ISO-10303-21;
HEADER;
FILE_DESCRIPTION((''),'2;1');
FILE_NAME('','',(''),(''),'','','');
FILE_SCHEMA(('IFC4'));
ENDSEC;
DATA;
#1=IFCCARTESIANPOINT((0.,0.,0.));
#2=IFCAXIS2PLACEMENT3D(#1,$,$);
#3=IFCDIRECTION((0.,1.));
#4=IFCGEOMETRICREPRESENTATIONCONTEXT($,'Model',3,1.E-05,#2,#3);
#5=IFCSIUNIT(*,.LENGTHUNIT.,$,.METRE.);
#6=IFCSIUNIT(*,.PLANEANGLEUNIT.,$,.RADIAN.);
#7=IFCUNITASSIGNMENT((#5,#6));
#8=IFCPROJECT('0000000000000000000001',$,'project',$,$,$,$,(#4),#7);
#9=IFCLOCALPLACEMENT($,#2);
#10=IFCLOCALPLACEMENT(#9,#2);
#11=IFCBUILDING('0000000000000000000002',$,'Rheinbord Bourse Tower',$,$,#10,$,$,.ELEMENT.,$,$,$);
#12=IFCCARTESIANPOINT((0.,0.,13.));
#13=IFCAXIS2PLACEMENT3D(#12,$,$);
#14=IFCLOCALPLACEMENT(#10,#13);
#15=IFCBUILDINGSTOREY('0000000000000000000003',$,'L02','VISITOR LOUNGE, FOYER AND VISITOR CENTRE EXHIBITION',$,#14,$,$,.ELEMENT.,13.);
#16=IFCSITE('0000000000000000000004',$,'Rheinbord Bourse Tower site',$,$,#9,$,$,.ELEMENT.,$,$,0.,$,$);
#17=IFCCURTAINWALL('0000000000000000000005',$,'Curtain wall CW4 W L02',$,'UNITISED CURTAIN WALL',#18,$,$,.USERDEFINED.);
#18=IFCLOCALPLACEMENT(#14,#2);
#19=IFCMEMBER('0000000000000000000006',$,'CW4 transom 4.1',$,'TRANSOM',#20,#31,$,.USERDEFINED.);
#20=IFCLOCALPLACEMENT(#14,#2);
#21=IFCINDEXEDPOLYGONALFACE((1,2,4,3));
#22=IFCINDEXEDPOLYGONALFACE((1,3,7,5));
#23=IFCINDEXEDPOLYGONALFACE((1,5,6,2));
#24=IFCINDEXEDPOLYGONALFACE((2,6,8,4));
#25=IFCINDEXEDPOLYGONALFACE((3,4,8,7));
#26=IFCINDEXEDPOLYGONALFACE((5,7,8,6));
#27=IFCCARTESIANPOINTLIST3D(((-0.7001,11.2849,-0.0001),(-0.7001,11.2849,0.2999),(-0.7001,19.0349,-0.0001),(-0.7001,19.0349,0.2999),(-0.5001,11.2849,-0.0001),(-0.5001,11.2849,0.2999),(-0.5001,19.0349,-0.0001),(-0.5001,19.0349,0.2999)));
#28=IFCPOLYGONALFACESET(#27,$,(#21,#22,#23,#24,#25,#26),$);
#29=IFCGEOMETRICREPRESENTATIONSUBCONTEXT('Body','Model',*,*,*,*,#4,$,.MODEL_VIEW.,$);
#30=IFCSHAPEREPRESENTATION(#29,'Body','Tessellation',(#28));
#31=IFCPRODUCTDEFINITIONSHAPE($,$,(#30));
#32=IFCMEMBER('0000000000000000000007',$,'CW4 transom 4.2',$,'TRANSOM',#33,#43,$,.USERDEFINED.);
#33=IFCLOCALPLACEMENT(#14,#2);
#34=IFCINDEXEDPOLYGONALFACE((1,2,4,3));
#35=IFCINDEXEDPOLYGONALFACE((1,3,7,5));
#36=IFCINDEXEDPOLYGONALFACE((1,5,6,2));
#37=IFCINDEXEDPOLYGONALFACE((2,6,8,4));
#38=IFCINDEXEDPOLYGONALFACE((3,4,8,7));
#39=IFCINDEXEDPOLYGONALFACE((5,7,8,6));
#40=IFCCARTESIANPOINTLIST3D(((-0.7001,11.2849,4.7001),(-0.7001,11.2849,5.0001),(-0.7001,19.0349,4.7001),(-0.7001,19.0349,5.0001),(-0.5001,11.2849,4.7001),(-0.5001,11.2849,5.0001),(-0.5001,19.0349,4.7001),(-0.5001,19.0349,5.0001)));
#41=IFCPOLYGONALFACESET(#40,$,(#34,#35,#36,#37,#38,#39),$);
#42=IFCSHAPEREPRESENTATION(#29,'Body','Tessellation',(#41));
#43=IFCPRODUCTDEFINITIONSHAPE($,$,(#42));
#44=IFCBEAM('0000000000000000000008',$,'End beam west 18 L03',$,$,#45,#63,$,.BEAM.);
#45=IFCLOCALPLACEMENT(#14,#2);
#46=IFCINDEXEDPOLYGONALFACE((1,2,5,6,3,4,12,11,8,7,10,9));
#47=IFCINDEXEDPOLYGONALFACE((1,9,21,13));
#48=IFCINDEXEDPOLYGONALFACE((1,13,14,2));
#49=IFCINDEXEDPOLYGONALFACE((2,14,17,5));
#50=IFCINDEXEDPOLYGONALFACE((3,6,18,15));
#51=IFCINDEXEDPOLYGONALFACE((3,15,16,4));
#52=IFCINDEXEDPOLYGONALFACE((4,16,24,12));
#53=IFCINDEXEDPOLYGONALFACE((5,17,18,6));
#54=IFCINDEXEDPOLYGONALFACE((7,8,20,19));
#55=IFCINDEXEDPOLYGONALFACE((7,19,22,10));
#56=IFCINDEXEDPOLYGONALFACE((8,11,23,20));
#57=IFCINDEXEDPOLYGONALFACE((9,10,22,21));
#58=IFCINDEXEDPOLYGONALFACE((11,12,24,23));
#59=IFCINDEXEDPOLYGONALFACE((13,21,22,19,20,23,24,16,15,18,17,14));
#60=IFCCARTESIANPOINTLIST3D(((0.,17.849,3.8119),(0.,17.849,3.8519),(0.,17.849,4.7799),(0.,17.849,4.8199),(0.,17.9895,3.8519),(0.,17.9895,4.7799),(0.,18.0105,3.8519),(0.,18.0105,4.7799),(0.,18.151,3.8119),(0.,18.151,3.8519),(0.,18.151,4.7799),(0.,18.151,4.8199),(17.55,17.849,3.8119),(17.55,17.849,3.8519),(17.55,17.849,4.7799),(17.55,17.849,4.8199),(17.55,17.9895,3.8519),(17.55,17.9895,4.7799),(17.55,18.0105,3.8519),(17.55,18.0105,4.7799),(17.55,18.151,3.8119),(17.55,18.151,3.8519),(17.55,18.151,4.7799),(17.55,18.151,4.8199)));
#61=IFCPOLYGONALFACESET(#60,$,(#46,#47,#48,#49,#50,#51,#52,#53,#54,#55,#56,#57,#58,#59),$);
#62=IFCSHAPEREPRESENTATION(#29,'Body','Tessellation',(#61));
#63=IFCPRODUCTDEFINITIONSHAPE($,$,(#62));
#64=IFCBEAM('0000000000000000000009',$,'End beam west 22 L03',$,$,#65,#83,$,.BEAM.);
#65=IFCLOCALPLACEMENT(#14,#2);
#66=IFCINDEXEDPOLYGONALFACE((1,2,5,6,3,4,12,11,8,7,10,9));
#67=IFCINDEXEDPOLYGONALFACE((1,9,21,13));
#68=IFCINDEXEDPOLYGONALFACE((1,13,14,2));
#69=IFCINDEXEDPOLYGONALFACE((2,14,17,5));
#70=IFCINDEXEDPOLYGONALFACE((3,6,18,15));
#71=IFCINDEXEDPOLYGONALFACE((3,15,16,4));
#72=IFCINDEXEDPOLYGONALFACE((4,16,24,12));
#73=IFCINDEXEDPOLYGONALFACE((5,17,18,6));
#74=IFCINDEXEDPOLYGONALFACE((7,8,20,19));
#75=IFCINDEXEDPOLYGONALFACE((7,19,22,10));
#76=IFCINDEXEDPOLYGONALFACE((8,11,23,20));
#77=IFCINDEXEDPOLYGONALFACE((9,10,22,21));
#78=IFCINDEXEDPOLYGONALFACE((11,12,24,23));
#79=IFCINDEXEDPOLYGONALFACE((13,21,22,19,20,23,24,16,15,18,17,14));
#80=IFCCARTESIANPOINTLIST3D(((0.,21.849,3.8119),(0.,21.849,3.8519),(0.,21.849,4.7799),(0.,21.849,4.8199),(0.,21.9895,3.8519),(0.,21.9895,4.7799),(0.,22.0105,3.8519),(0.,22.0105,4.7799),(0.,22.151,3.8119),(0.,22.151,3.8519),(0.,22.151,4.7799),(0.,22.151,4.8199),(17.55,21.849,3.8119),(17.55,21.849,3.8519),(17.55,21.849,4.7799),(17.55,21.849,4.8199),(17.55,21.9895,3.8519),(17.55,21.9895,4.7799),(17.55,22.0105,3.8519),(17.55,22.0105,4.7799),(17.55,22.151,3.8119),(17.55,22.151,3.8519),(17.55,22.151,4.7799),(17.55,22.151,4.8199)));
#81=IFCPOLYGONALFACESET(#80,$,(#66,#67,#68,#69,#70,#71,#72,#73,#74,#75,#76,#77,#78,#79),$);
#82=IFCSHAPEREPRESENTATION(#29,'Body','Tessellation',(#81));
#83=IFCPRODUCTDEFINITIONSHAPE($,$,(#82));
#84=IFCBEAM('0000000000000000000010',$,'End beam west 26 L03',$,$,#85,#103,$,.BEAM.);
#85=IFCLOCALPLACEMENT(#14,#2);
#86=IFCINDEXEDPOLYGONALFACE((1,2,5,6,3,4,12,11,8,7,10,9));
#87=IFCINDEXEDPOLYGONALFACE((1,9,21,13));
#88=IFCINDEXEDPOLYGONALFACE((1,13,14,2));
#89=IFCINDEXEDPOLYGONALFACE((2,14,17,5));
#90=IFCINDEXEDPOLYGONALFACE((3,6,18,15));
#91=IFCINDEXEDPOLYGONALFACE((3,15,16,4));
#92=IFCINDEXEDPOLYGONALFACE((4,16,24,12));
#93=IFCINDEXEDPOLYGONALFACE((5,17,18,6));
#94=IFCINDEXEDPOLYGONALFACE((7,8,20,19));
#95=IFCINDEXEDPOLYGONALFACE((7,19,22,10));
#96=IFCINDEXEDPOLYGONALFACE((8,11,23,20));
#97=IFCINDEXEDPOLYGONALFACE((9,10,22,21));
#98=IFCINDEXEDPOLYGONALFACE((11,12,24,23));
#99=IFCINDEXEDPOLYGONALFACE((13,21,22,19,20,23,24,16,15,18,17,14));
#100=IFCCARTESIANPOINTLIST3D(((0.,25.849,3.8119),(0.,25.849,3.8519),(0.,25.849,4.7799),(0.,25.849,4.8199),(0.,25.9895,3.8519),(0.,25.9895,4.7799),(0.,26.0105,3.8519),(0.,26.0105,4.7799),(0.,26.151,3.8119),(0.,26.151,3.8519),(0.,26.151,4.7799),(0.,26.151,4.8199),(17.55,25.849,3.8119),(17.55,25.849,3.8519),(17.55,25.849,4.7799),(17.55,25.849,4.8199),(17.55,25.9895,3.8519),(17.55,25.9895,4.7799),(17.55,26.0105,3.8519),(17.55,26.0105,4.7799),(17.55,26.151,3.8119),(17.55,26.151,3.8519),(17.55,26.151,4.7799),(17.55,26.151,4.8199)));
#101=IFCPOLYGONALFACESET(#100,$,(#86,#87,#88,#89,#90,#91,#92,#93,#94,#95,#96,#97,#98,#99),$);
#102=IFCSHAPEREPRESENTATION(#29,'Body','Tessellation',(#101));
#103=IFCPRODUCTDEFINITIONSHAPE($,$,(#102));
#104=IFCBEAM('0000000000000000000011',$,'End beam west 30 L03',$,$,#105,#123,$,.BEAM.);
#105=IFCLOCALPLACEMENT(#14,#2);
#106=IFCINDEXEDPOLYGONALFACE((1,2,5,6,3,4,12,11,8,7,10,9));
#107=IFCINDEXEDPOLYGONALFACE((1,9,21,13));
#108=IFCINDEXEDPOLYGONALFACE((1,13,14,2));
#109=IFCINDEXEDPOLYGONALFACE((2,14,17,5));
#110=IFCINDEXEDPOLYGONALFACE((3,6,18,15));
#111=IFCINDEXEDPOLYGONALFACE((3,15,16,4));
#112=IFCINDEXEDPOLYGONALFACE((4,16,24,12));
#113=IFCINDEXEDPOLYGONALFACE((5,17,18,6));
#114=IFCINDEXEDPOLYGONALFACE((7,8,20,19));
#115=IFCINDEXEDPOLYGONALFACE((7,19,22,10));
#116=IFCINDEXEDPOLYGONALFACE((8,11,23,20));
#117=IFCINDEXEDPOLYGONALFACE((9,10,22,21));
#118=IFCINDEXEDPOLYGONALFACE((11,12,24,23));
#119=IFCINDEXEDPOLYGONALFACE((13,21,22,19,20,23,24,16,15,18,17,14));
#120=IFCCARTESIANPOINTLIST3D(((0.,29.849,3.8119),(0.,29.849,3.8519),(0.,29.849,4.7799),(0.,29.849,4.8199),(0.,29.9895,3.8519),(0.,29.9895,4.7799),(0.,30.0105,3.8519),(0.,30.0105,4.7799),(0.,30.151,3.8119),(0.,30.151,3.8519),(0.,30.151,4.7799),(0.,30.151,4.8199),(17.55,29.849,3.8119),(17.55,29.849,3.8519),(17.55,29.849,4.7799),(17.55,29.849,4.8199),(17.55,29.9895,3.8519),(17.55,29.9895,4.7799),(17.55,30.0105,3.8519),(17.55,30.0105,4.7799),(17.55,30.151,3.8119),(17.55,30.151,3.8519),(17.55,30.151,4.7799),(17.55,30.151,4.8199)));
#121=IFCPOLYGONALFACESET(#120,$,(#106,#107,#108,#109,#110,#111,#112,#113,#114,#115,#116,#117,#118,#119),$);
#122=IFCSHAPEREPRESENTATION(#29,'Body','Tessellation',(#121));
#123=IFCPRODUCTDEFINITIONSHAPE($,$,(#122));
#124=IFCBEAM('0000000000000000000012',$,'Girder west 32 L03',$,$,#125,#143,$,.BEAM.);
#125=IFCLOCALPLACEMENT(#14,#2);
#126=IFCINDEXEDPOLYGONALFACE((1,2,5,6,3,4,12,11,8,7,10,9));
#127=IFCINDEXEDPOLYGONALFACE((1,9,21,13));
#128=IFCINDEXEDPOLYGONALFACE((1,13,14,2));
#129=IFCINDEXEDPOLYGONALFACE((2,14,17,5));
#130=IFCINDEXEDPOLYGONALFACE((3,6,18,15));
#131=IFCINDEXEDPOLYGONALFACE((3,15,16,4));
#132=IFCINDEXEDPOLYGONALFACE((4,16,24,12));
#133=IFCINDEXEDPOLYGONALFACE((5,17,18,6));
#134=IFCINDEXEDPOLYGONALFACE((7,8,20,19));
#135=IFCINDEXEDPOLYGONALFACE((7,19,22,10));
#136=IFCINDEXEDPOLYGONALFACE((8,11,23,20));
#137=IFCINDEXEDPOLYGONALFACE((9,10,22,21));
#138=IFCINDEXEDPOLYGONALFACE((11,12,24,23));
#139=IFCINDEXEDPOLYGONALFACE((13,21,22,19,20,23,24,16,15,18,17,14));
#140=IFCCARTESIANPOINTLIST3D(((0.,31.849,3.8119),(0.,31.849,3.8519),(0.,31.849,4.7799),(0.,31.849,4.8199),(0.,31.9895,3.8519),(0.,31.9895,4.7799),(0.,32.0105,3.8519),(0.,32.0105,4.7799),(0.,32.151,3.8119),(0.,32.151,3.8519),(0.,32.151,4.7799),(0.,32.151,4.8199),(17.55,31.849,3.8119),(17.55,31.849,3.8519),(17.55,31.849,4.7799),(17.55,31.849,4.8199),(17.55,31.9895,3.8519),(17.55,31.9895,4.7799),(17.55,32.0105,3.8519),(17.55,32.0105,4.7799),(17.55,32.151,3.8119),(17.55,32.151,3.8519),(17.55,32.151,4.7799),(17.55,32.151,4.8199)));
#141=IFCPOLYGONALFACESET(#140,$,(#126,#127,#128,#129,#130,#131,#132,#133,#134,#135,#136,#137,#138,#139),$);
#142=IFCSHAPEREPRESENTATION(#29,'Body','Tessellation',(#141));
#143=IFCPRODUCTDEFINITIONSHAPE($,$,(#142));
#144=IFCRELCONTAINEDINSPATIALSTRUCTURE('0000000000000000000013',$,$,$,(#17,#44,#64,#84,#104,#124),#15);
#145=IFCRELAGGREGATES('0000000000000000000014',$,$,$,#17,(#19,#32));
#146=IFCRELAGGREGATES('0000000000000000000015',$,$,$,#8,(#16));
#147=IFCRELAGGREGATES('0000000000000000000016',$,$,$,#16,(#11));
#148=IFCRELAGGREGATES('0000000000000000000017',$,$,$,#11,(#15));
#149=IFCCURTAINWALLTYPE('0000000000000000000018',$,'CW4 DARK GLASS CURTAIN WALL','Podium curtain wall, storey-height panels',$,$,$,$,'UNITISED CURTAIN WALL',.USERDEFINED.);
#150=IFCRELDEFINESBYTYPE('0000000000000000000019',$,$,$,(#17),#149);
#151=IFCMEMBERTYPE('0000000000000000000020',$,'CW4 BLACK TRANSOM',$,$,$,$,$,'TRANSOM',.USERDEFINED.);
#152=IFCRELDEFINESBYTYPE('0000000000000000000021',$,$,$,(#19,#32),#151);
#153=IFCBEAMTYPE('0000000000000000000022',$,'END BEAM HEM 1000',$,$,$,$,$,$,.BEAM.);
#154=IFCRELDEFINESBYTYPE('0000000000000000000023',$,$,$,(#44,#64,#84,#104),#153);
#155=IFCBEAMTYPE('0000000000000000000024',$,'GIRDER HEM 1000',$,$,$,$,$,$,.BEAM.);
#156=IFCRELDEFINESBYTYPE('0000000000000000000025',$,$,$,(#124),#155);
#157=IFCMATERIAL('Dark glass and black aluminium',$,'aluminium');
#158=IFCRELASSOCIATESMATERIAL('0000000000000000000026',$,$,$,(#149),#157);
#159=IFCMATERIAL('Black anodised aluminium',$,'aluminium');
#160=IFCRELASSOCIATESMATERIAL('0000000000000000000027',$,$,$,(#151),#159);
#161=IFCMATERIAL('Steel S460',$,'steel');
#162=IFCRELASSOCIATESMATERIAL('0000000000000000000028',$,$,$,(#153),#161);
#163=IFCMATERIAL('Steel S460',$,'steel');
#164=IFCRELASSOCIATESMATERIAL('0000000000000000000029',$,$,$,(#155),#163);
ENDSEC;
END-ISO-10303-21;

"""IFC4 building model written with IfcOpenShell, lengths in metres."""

from ifc_helpers import new_model, si_unit, direction, frame, origin, origin_2d, place, context, subcontext, project, spatial, rectangle, i_section, extrude, material, material_profile, profile_set, type_object, element, aggregate, save


model = new_model("IFC4")

# Units and contexts
model_context = context("Model", 3, precision=1e-05, world=origin(), true_north=direction((0.0, 1.0)))
body_context = subcontext(model_context, "Body", "Model", "MODEL_VIEW")
ifc_project = project(units=[si_unit("LENGTHUNIT", "METRE"), si_unit("PLANEANGLEUNIT", "RADIAN")], contexts=[model_context])

# Site, building, storey
site_placement = place(None, origin())
site = spatial("IfcSite", under=ifc_project, at=site_placement, Name="Rheinbord Bourse Tower site", CompositionType="ELEMENT", RefElevation=0.0)
building_placement = place(site_placement, origin())
building = spatial("IfcBuilding", under=site, at=building_placement, Name="Rheinbord Bourse Tower", CompositionType="ELEMENT")
storey_placement = place(building_placement, frame((0.0, 0.0, 13.0)))
storey = spatial("IfcBuildingStorey", under=building, at=storey_placement, Name="L02", Description="VISITOR LOUNGE, FOYER AND VISITOR CENTRE EXHIBITION", CompositionType="ELEMENT", Elevation=13.0)

# Curtain wall, members
ifc_material_1 = material(Name="Dark glass and black aluminium", Category="aluminium")
curtain_wall_type = type_object("IfcCurtainWallType", Name="CW4 DARK GLASS CURTAIN WALL", Description="Podium curtain wall, storey-height panels", ElementType="UNITISED CURTAIN WALL", PredefinedType="USERDEFINED", material=ifc_material_1)
curtain_wall_placement = place(storey_placement, origin())
curtain_wall = element("IfcCurtainWall", 1, at=curtain_wall_placement, inside=storey, type_object=curtain_wall_type, Name="Curtain wall CW4 W L02", ObjectType="UNITISED CURTAIN WALL", PredefinedType="USERDEFINED")
ifc_material_2 = material(Name="Black anodised aluminium", Category="aluminium")
ifc_material_profile_1 = material_profile(ifc_material_2, rectangle(XDim=0.2, YDim=0.3, at=origin_2d()), Name="CW4 TRANSOM 300x200")
ifc_profile_set_1 = profile_set([ifc_material_profile_1], Name="Black anodised aluminium")
member_type_1 = type_object("IfcMemberType", Name="CW4 BLACK TRANSOM", ElementType="TRANSOM", PredefinedType="USERDEFINED", material=ifc_profile_set_1)
member_1_placement = place(storey_placement, frame((-0.6001, 19.0349, 0.1499), z_axis=(0.0, -1.0, 0.0), x_axis=(1.0, 0.0, 0.0)))
member_1 = element("IfcMember", 2, at=member_1_placement, type_object=member_type_1, Name="CW4 transom 4.1", ObjectType="TRANSOM", PredefinedType="USERDEFINED", context=body_context, shape_type="SweptSolid", body=[
    extrude(rectangle(XDim=0.2, YDim=0.3, at=origin_2d()), origin(), (0.0, 0.0, 1.0), 7.75),
])
member_2_placement = place(storey_placement, frame((-0.6001, 19.0349, 4.8501), z_axis=(0.0, -1.0, 0.0), x_axis=(1.0, 0.0, 0.0)))
member_2 = element("IfcMember", 3, at=member_2_placement, type_object=member_type_1, Name="CW4 transom 4.2", ObjectType="TRANSOM", PredefinedType="USERDEFINED", context=body_context, shape_type="SweptSolid", body=[
    extrude(rectangle(XDim=0.2, YDim=0.3, at=origin_2d()), origin(), (0.0, 0.0, 1.0), 7.75),
])

# Beams
ifc_material_3 = material(Name="Steel S460", Category="steel")
ifc_material_profile_2 = material_profile(ifc_material_3, i_section(OverallWidth=0.302, OverallDepth=1.0081, WebThickness=0.021, FlangeThickness=0.04, at=origin_2d()), Name="HEM 1000")
ifc_profile_set_2 = profile_set([ifc_material_profile_2], Name="Steel S460")
beam_type_1 = type_object("IfcBeamType", Name="END BEAM HEM 1000", PredefinedType="BEAM", material=ifc_profile_set_2)
for number, where, z_axis, x_axis, name in (
    (4, (0.0, 18.0, 4.3159), (1.0, 0.0, 0.0), (0.0, 1.0, 0.0), "End beam west 18 L03"),
    (5, (0.0, 22.0, 4.3159), (1.0, 0.0, 0.0), (0.0, 1.0, 0.0), "End beam west 22 L03"),
    (6, (0.0, 26.0, 4.3159), (1.0, 0.0, 0.0), (0.0, 1.0, 0.0), "End beam west 26 L03"),
    (7, (0.0, 30.0, 4.3159), (1.0, 0.0, 0.0), (0.0, 1.0, 0.0), "End beam west 30 L03"),
):
    element("IfcBeam", number, at=place(storey_placement, frame(where, z_axis=z_axis, x_axis=x_axis)), inside=storey, type_object=beam_type_1, Name=name, PredefinedType="BEAM", context=body_context, shape_type="SweptSolid", body=[
        extrude(i_section(OverallWidth=0.302, OverallDepth=1.0081, WebThickness=0.021, FlangeThickness=0.04, at=origin_2d()), origin(), (0.0, 0.0, 1.0), 17.55),
    ])
ifc_material_4 = material(Name="Steel S460", Category="steel")
ifc_material_profile_3 = material_profile(ifc_material_4, i_section(OverallWidth=0.302, OverallDepth=1.0081, WebThickness=0.021, FlangeThickness=0.04, at=origin_2d()), Name="HEM 1000")
ifc_profile_set_3 = profile_set([ifc_material_profile_3], Name="Steel S460")
beam_type_2 = type_object("IfcBeamType", Name="GIRDER HEM 1000", PredefinedType="BEAM", material=ifc_profile_set_3)
beam_1_placement = place(storey_placement, frame((0.0, 32.0, 4.3159), z_axis=(1.0, 0.0, 0.0), x_axis=(0.0, 1.0, 0.0)))
element("IfcBeam", 8, at=beam_1_placement, inside=storey, type_object=beam_type_2, Name="Girder west 32 L03", PredefinedType="BEAM", context=body_context, shape_type="SweptSolid", body=[
    extrude(i_section(OverallWidth=0.302, OverallDepth=1.0081, WebThickness=0.021, FlangeThickness=0.04, at=origin_2d()), origin(), (0.0, 0.0, 1.0), 17.55),
])

aggregate(curtain_wall, [member_1, member_2])

save(model, "model.ifc")
